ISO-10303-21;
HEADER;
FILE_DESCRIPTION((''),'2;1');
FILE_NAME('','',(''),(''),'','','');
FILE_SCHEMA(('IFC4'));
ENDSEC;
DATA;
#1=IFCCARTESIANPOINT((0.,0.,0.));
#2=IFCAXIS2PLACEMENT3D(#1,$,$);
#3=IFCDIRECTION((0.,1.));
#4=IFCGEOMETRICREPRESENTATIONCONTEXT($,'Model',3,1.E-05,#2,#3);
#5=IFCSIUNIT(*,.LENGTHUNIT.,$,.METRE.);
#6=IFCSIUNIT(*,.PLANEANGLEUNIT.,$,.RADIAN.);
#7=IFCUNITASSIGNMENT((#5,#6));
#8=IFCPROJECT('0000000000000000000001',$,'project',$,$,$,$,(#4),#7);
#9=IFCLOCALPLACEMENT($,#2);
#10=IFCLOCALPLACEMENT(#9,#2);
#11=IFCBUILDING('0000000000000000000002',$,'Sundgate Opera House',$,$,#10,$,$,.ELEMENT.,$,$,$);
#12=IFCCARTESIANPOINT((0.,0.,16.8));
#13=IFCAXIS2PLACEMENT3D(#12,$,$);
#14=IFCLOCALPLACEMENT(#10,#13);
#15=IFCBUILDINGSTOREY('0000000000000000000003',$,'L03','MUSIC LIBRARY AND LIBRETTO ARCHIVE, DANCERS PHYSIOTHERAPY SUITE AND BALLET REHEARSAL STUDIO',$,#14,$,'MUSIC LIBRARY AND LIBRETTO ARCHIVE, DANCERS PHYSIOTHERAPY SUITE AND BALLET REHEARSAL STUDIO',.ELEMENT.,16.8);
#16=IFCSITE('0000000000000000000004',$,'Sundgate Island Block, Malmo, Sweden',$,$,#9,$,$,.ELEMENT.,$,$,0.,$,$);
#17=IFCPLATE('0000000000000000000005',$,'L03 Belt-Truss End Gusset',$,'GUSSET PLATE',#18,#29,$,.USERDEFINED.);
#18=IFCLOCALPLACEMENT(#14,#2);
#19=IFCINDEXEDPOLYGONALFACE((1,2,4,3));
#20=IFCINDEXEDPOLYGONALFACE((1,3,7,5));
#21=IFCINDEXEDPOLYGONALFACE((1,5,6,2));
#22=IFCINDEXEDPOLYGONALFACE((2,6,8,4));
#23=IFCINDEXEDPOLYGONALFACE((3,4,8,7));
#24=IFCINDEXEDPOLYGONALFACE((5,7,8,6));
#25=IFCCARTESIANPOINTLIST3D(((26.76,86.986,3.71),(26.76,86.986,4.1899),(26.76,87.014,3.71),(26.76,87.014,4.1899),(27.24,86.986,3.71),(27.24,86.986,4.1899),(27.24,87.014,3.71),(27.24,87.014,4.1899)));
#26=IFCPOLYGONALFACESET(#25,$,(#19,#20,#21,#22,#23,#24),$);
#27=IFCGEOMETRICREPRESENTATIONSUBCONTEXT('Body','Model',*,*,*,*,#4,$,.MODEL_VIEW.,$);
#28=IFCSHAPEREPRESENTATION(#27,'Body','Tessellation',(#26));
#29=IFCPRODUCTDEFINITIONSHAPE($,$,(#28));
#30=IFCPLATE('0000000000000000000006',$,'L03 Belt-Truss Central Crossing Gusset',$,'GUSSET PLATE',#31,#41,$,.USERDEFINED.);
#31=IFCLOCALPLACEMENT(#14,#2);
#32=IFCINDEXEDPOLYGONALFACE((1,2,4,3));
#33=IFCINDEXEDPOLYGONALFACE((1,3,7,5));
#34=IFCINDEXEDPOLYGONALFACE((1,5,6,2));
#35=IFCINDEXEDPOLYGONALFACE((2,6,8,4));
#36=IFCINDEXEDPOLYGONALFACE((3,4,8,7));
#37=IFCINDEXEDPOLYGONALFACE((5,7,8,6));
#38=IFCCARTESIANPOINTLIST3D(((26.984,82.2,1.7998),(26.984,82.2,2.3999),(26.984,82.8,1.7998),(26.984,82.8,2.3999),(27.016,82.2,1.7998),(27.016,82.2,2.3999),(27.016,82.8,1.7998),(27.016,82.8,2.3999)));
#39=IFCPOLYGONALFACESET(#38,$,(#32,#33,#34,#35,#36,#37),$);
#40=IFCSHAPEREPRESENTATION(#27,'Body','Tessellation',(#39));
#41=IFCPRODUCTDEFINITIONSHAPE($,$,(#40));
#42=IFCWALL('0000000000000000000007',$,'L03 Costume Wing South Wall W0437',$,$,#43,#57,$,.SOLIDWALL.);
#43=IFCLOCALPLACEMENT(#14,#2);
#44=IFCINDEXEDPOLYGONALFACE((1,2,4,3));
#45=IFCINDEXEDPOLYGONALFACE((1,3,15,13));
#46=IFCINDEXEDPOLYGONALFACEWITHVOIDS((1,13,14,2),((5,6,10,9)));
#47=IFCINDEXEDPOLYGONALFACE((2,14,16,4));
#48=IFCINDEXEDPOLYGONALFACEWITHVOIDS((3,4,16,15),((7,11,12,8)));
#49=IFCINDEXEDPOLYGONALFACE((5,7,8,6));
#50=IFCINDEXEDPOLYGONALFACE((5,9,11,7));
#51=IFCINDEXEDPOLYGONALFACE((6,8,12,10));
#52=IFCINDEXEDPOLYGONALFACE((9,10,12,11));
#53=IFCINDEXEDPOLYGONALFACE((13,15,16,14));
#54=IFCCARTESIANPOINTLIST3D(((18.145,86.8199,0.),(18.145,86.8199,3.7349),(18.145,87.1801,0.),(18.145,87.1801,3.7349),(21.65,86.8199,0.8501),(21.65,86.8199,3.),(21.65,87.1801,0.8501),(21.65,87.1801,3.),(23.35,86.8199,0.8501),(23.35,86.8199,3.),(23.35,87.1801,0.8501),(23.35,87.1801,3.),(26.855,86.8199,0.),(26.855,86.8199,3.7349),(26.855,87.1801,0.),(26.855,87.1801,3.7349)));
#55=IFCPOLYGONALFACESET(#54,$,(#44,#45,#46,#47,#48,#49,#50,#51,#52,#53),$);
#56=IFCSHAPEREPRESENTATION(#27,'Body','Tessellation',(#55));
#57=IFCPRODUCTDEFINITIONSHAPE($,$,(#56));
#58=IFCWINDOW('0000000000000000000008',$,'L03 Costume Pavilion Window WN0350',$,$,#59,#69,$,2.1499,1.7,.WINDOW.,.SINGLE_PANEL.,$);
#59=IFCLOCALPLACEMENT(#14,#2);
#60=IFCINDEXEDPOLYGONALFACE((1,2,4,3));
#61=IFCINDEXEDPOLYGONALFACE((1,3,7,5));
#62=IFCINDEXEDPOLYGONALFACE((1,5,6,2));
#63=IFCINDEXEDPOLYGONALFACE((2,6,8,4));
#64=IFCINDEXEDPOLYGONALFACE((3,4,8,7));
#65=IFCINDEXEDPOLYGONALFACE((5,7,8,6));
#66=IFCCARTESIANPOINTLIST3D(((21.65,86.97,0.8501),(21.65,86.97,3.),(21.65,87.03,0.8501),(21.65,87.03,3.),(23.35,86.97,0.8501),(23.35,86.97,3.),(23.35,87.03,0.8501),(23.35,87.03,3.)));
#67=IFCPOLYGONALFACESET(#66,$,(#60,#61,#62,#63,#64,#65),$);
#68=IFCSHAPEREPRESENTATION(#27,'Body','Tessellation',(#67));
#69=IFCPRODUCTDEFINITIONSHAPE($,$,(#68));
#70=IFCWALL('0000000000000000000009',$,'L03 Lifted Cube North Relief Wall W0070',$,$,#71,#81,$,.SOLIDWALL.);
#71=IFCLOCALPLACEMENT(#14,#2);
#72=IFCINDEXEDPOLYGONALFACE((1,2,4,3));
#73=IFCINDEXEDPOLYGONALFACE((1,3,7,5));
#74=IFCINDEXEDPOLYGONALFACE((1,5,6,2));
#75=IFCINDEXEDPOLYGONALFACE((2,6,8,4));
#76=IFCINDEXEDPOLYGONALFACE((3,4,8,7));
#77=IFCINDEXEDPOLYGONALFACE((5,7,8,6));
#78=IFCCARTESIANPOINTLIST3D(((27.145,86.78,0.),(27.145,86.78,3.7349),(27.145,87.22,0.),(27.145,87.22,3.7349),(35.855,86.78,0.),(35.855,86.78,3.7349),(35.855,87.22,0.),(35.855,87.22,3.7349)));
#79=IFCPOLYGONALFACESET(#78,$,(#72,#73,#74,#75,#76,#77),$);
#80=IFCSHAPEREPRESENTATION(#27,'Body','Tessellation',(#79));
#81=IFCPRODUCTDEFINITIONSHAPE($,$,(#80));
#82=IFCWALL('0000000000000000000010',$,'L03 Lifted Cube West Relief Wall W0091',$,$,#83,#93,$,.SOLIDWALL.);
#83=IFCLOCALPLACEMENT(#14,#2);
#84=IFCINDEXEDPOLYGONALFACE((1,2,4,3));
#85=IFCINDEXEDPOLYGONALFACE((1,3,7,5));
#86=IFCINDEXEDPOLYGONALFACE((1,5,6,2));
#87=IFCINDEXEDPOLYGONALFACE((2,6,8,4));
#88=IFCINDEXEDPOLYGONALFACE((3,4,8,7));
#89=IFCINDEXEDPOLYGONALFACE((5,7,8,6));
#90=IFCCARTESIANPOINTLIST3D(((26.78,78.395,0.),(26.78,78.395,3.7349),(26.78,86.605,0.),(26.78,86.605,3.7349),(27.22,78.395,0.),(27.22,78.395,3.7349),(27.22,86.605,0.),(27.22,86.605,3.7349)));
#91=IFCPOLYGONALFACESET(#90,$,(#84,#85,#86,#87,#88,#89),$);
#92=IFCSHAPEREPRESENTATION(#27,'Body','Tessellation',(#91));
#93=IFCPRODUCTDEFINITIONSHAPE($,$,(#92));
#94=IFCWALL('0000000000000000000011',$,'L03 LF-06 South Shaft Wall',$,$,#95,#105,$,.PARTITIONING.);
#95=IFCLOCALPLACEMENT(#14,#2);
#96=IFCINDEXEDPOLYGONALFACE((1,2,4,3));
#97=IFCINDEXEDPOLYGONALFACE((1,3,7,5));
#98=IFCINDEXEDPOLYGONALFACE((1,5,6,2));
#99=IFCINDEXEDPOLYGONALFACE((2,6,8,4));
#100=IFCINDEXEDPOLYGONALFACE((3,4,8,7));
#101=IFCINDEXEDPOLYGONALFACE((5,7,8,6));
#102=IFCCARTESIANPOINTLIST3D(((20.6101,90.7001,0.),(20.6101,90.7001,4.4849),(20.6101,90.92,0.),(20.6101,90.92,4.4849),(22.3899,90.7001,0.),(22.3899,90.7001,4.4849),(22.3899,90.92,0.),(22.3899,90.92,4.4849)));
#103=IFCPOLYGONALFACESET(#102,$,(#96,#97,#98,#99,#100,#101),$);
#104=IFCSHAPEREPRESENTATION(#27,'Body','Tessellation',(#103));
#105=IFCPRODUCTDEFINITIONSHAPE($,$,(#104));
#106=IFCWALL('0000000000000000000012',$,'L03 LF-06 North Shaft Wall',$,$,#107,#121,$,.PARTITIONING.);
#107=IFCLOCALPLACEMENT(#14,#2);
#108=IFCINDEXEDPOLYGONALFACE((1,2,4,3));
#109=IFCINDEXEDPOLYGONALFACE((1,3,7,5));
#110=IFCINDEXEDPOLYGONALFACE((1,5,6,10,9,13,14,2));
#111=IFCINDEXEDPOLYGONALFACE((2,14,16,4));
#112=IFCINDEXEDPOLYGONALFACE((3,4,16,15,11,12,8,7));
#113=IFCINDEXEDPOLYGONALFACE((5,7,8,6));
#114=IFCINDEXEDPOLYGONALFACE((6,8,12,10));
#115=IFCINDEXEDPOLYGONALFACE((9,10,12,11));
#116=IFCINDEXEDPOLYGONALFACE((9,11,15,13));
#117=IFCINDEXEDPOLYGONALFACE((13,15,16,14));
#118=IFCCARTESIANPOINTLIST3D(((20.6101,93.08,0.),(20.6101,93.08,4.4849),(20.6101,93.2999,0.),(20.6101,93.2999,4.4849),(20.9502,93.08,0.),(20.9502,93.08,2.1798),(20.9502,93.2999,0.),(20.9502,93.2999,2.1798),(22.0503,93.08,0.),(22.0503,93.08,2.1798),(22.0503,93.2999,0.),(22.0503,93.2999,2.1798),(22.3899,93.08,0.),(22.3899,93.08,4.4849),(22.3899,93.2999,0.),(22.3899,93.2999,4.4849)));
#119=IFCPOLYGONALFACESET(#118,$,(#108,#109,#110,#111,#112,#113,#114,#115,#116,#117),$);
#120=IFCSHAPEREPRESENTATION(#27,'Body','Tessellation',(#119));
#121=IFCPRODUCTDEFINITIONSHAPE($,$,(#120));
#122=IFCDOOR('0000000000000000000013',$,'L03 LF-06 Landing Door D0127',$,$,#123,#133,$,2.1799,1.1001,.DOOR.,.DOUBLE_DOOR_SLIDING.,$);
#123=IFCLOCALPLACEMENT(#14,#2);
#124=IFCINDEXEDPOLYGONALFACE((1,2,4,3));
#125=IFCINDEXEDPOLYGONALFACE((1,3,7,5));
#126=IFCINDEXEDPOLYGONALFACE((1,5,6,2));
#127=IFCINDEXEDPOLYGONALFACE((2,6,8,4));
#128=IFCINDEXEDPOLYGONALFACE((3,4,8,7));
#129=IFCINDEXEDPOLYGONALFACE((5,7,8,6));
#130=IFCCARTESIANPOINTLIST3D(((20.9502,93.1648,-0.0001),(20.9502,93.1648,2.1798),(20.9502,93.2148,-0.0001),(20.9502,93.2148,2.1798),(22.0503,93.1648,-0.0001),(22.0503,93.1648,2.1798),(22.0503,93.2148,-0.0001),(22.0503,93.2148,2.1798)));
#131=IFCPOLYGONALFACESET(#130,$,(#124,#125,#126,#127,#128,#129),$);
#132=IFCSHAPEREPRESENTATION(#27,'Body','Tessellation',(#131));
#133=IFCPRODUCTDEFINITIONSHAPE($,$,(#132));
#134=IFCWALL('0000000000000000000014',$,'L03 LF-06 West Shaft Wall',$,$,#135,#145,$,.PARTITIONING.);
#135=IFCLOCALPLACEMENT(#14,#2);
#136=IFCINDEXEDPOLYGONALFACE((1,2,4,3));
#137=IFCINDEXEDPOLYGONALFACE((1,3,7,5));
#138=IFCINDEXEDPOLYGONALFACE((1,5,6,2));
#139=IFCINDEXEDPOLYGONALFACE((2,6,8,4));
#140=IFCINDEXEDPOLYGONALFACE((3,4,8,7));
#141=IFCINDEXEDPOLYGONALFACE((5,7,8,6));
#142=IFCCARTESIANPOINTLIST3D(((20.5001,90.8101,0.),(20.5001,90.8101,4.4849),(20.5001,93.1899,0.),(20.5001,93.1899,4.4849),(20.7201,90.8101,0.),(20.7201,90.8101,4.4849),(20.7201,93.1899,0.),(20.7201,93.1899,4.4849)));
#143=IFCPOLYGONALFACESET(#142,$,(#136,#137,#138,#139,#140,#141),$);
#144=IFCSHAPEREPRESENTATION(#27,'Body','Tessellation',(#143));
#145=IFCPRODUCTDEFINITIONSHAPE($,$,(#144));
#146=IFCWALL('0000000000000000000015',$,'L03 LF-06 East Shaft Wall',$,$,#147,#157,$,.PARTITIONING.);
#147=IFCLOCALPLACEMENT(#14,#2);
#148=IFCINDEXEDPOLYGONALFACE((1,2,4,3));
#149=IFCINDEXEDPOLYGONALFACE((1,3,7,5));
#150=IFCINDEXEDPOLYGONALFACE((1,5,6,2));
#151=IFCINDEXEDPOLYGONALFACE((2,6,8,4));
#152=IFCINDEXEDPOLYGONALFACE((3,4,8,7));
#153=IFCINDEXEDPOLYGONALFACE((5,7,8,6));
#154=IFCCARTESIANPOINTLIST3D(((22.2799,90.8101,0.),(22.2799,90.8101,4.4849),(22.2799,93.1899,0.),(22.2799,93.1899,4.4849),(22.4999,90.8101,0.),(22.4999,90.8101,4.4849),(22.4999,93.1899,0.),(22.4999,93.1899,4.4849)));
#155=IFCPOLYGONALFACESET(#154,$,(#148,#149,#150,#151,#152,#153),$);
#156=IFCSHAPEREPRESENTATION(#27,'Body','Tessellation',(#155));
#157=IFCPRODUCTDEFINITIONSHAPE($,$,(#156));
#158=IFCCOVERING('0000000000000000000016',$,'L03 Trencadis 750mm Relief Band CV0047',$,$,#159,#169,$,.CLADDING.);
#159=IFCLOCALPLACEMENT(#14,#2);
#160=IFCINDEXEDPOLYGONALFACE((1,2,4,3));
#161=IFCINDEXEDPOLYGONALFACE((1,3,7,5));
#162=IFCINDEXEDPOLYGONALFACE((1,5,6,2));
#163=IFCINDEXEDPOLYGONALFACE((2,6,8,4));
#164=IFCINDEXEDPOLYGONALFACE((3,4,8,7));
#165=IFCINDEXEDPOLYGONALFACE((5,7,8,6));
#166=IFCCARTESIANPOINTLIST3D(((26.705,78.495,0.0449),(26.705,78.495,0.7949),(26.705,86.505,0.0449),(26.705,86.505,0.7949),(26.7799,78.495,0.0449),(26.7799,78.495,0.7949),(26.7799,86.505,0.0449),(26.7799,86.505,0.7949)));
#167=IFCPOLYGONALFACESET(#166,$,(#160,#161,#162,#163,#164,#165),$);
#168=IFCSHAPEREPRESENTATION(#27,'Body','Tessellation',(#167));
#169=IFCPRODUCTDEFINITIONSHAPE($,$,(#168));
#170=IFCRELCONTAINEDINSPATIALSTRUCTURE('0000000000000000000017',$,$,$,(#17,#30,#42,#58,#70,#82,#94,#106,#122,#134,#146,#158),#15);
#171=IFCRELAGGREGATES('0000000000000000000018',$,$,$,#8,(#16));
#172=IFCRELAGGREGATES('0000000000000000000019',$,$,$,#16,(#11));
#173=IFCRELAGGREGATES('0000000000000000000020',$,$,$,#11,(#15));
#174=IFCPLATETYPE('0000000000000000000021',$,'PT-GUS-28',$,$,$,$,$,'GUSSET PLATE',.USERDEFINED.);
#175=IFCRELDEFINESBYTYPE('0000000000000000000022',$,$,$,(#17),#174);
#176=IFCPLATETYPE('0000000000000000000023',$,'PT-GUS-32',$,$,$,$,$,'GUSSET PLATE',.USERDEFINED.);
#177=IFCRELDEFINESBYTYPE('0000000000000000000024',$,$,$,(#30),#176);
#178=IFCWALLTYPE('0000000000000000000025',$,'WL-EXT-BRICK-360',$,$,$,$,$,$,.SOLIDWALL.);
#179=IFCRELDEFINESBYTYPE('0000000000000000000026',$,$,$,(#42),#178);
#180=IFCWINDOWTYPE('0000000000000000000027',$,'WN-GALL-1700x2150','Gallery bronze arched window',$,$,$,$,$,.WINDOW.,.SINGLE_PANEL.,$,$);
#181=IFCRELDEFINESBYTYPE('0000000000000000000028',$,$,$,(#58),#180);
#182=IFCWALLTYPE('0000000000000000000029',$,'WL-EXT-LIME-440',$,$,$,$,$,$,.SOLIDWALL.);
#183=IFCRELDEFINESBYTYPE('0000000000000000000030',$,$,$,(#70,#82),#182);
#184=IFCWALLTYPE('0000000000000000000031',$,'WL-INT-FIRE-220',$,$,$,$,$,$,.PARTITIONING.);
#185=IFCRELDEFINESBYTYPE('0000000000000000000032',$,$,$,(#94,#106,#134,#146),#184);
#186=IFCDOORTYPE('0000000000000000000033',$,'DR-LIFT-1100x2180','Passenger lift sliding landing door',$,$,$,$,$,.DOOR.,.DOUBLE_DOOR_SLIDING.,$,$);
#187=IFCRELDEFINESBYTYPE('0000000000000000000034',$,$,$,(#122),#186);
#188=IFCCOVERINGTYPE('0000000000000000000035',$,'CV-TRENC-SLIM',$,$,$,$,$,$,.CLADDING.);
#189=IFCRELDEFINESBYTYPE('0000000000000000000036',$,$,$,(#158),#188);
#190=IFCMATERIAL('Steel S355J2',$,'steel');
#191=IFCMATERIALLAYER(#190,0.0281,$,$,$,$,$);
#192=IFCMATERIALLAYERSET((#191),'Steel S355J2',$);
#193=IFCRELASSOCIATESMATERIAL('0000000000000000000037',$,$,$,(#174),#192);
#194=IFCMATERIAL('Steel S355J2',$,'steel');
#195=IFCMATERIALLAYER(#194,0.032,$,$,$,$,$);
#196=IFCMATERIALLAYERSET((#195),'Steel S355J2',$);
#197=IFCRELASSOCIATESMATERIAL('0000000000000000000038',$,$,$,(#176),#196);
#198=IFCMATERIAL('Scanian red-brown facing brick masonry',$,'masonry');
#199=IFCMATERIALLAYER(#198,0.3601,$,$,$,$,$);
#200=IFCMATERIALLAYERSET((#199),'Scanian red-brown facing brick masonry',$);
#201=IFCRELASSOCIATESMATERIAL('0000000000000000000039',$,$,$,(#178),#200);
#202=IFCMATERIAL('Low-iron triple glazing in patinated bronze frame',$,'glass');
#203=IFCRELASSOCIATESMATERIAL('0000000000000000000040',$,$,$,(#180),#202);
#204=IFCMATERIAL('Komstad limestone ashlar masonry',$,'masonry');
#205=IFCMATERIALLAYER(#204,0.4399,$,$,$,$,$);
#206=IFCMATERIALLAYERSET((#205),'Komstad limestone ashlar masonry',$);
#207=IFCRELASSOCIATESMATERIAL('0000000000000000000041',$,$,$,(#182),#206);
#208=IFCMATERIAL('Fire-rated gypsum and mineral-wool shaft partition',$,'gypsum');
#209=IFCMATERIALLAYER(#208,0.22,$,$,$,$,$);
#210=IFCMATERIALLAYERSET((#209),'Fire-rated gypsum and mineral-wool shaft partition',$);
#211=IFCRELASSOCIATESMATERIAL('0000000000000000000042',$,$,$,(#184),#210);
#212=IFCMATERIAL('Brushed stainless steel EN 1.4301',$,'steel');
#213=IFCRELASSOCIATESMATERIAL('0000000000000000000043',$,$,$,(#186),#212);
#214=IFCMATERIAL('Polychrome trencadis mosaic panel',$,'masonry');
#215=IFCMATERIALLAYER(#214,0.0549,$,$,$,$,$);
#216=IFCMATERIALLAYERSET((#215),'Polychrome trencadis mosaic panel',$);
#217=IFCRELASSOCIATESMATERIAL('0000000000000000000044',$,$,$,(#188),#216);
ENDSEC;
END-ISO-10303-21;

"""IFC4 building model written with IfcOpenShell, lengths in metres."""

from ifc_helpers import new_model, si_unit, direction, frame, frame_2d, origin, origin_2d, place, context, subcontext, project, spatial, rectangle, extrude, material, layer, layer_set, type_object, element, fill, save


model = new_model("IFC4")

# Units and contexts
model_context = context("Model", 3, precision=1e-05, world=origin(), true_north=direction((0.0, 1.0)))
body_context = subcontext(model_context, "Body", "Model", "MODEL_VIEW")
ifc_project = project(units=[si_unit("LENGTHUNIT", "METRE"), si_unit("PLANEANGLEUNIT", "RADIAN")], contexts=[model_context])

# Site, building, storey
site_placement = place(None, origin())
site = spatial("IfcSite", under=ifc_project, at=site_placement, Name="Sundgate Island Block, Malmo, Sweden", CompositionType="ELEMENT", RefElevation=0.0)
building_placement = place(site_placement, origin())
building = spatial("IfcBuilding", under=site, at=building_placement, Name="Sundgate Opera House", CompositionType="ELEMENT")
storey_placement = place(building_placement, frame((0.0, 0.0, 16.8)))
storey = spatial("IfcBuildingStorey", under=building, at=storey_placement, Name="L03", Description="MUSIC LIBRARY AND LIBRETTO ARCHIVE, DANCERS PHYSIOTHERAPY SUITE AND BALLET REHEARSAL STUDIO", LongName="MUSIC LIBRARY AND LIBRETTO ARCHIVE, DANCERS PHYSIOTHERAPY SUITE AND BALLET REHEARSAL STUDIO", CompositionType="ELEMENT", Elevation=16.8)

# Plates
ifc_material_1 = material(Name="Steel S355J2", Category="steel")
ifc_layer_1 = layer(ifc_material_1, 0.0281)
ifc_layer_set_1 = layer_set([ifc_layer_1], Name="Steel S355J2")
plate_type_1 = type_object("IfcPlateType", Name="PT-GUS-28", ElementType="GUSSET PLATE", PredefinedType="USERDEFINED", material=ifc_layer_set_1)
for number, where, z_axis, x_axis, name in (
    (1, (27.0, 87.0, 3.71), (0.0, 0.0, 1.0), (1.0, 0.0, 0.0), "L03 Belt-Truss End Gusset"),
):
    element("IfcPlate", number, at=place(storey_placement, frame(where, z_axis=z_axis, x_axis=x_axis)), inside=storey, type_object=plate_type_1, Name=name, ObjectType="GUSSET PLATE", PredefinedType="USERDEFINED", context=body_context, shape_type="SweptSolid", body=[
        extrude(rectangle(XDim=0.48, YDim=0.0281, at=origin_2d()), origin(), (0.0, 0.0, 1.0), 0.48),
    ])
ifc_material_2 = material(Name="Steel S355J2", Category="steel")
ifc_layer_2 = layer(ifc_material_2, 0.032)
ifc_layer_set_2 = layer_set([ifc_layer_2], Name="Steel S355J2")
plate_type_2 = type_object("IfcPlateType", Name="PT-GUS-32", ElementType="GUSSET PLATE", PredefinedType="USERDEFINED", material=ifc_layer_set_2)
plate_1_placement = place(storey_placement, frame((27.0, 82.5, 1.7998), z_axis=(0.0, 0.0, 1.0), x_axis=(1.0, 0.0, 0.0)))
element("IfcPlate", 2, at=plate_1_placement, inside=storey, type_object=plate_type_2, Name="L03 Belt-Truss Central Crossing Gusset", ObjectType="GUSSET PLATE", PredefinedType="USERDEFINED", context=body_context, shape_type="SweptSolid", body=[
    extrude(rectangle(XDim=0.032, YDim=0.6001, at=origin_2d()), origin(), (0.0, 0.0, 1.0), 0.6001),
])

# Wall, opening, window
ifc_material_3 = material(Name="Scanian red-brown facing brick masonry", Category="masonry")
ifc_layer_3 = layer(ifc_material_3, 0.3601)
ifc_layer_set_3 = layer_set([ifc_layer_3], Name="Scanian red-brown facing brick masonry")
wall_type_1 = type_object("IfcWallType", Name="WL-EXT-BRICK-360", PredefinedType="SOLIDWALL", material=ifc_layer_set_3)
wall_1_placement = place(storey_placement, frame((26.855, 87.0, 0.0), z_axis=(0.0, 0.0, 1.0), x_axis=(-1.0, 0.0, 0.0)))
wall_1 = element("IfcWall", 3, at=wall_1_placement, inside=storey, type_object=wall_type_1, Name="L03 Costume Wing South Wall W0437", PredefinedType="SOLIDWALL", context=body_context, shape_type="SweptSolid", body=[
    extrude(rectangle(XDim=8.71, YDim=0.3601, at=frame_2d((4.355, 0.0))), origin(), (0.0, 0.0, 1.0), 3.7349),
])
opening_1_placement = place(wall_1_placement, frame((3.5049, 0.0, 0.8501)))
opening_1 = element("IfcOpeningElement", 4, at=opening_1_placement, cuts=wall_1, PredefinedType="OPENING", context=body_context, shape_type="SweptSolid", body=[
    extrude(rectangle(XDim=1.7, YDim=2.1499, at=frame_2d((0.8501, 1.075))), frame((0.0, 0.1899, 0.0), z_axis=(0.0, -1.0, 0.0), x_axis=(1.0, 0.0, 0.0)), (0.0, 0.0, 1.0), 0.3801),
])
ifc_material_4 = material(Name="Low-iron triple glazing in patinated bronze frame", Category="glass")
window_type = type_object("IfcWindowType", Name="WN-GALL-1700x2150", Description="Gallery bronze arched window", PartitioningType="SINGLE_PANEL", PredefinedType="WINDOW", material=ifc_material_4)
window_placement = place(opening_1_placement, origin())
window = element("IfcWindow", 5, at=window_placement, inside=storey, type_object=window_type, Name="L03 Costume Pavilion Window WN0350", OverallHeight=2.1499, OverallWidth=1.7, PartitioningType="SINGLE_PANEL", PredefinedType="WINDOW", context=body_context, shape_type="SweptSolid", body=[
    extrude(rectangle(XDim=1.7, YDim=2.1499, at=frame_2d((0.8501, 1.075))), frame((0.0, 0.03, 0.0), z_axis=(0.0, -1.0, 0.0), x_axis=(1.0, 0.0, 0.0)), (0.0, 0.0, 1.0), 0.0601),
])
fill(opening_1, window)

# Walls
ifc_material_5 = material(Name="Komstad limestone ashlar masonry", Category="masonry")
ifc_layer_4 = layer(ifc_material_5, 0.4399)
ifc_layer_set_4 = layer_set([ifc_layer_4], Name="Komstad limestone ashlar masonry")
wall_type_2 = type_object("IfcWallType", Name="WL-EXT-LIME-440", PredefinedType="SOLIDWALL", material=ifc_layer_set_4)
wall_2_placement = place(storey_placement, frame((27.145, 87.0, 0.0), z_axis=(0.0, 0.0, 1.0), x_axis=(1.0, 0.0, 0.0)))
element("IfcWall", 6, at=wall_2_placement, inside=storey, type_object=wall_type_2, Name="L03 Lifted Cube North Relief Wall W0070", PredefinedType="SOLIDWALL", context=body_context, shape_type="SweptSolid", body=[
    extrude(rectangle(XDim=8.71, YDim=0.4399, at=frame_2d((4.355, 0.0))), origin(), (0.0, 0.0, 1.0), 3.7349),
])
wall_3_placement = place(storey_placement, frame((27.0, 86.605, 0.0), z_axis=(0.0, 0.0, 1.0), x_axis=(0.0, -1.0, 0.0)))
element("IfcWall", 7, at=wall_3_placement, inside=storey, type_object=wall_type_2, Name="L03 Lifted Cube West Relief Wall W0091", PredefinedType="SOLIDWALL", context=body_context, shape_type="SweptSolid", body=[
    extrude(rectangle(XDim=8.21, YDim=0.4399, at=frame_2d((4.105, 0.0))), origin(), (0.0, 0.0, 1.0), 3.7349),
])
ifc_material_6 = material(Name="Fire-rated gypsum and mineral-wool shaft partition", Category="gypsum")
ifc_layer_5 = layer(ifc_material_6, 0.22)
ifc_layer_set_5 = layer_set([ifc_layer_5], Name="Fire-rated gypsum and mineral-wool shaft partition")
wall_type_3 = type_object("IfcWallType", Name="WL-INT-FIRE-220", PredefinedType="PARTITIONING", material=ifc_layer_set_5)
wall_4_placement = place(storey_placement, frame((20.6101, 90.8101, 0.0), z_axis=(0.0, 0.0, 1.0), x_axis=(1.0, 0.0, 0.0)))
element("IfcWall", 8, at=wall_4_placement, inside=storey, type_object=wall_type_3, Name="L03 LF-06 South Shaft Wall", PredefinedType="PARTITIONING", context=body_context, shape_type="SweptSolid", body=[
    extrude(rectangle(XDim=1.7798, YDim=0.22, at=frame_2d((0.8899, 0.0))), origin(), (0.0, 0.0, 1.0), 4.4849),
])

# Wall, opening, door
wall_5_placement = place(storey_placement, frame((20.6101, 93.1899, 0.0), z_axis=(0.0, 0.0, 1.0), x_axis=(1.0, 0.0, 0.0)))
wall_5 = element("IfcWall", 9, at=wall_5_placement, inside=storey, type_object=wall_type_3, Name="L03 LF-06 North Shaft Wall", PredefinedType="PARTITIONING", context=body_context, shape_type="SweptSolid", body=[
    extrude(rectangle(XDim=1.7798, YDim=0.22, at=frame_2d((0.8899, 0.0))), origin(), (0.0, 0.0, 1.0), 4.4849),
])
opening_2_placement = place(wall_5_placement, frame((0.3401, 0.0, 0.0)))
opening_2 = element("IfcOpeningElement", 10, at=opening_2_placement, cuts=wall_5, PredefinedType="OPENING", context=body_context, shape_type="SweptSolid", body=[
    extrude(rectangle(XDim=1.1001, YDim=2.1799, at=frame_2d((0.55, 1.0898))), frame((0.0, 0.1199, 0.0), z_axis=(0.0, -1.0, 0.0), x_axis=(1.0, 0.0, 0.0)), (0.0, 0.0, 1.0), 0.24),
])
ifc_material_7 = material(Name="Brushed stainless steel EN 1.4301", Category="steel")
door_type = type_object("IfcDoorType", Name="DR-LIFT-1100x2180", Description="Passenger lift sliding landing door", OperationType="DOUBLE_DOOR_SLIDING", PredefinedType="DOOR", material=ifc_material_7)
door_placement = place(opening_2_placement, origin())
door = element("IfcDoor", 11, at=door_placement, inside=storey, type_object=door_type, Name="L03 LF-06 Landing Door D0127", OperationType="DOUBLE_DOOR_SLIDING", OverallHeight=2.1799, OverallWidth=1.1001, PredefinedType="DOOR", context=body_context, shape_type="SweptSolid", body=[
    extrude(rectangle(XDim=1.1001, YDim=2.1799, at=frame_2d((0.55, 1.0898))), frame((0.0, 0.0249, 0.0), z_axis=(0.0, -1.0, 0.0), x_axis=(1.0, 0.0, 0.0)), (0.0, 0.0, 1.0), 0.05),
])
fill(opening_2, door)

# Walls
for number, where, z_axis, x_axis, name in (
    (12, (20.6101, 90.8101, 0.0), (0.0, 0.0, 1.0), (0.0, 1.0, 0.0), "L03 LF-06 West Shaft Wall"),
    (13, (22.3899, 90.8101, 0.0), (0.0, 0.0, 1.0), (0.0, 1.0, 0.0), "L03 LF-06 East Shaft Wall"),
):
    element("IfcWall", number, at=place(storey_placement, frame(where, z_axis=z_axis, x_axis=x_axis)), inside=storey, type_object=wall_type_3, Name=name, PredefinedType="PARTITIONING", context=body_context, shape_type="SweptSolid", body=[
        extrude(rectangle(XDim=2.3799, YDim=0.22, at=frame_2d((1.1899, 0.0))), origin(), (0.0, 0.0, 1.0), 4.4849),
    ])

# Covering
ifc_material_8 = material(Name="Polychrome trencadis mosaic panel", Category="masonry")
ifc_layer_6 = layer(ifc_material_8, 0.0549)
ifc_layer_set_6 = layer_set([ifc_layer_6], Name="Polychrome trencadis mosaic panel")
covering_type = type_object("IfcCoveringType", Name="CV-TRENC-SLIM", PredefinedType="CLADDING", material=ifc_layer_set_6)
covering_placement = place(storey_placement, frame((26.7424, 82.5, 0.0449), z_axis=(0.0, 0.0, 1.0), x_axis=(0.0, 1.0, 0.0)))
element("IfcCovering", 14, at=covering_placement, inside=storey, type_object=covering_type, Name="L03 Trencadis 750mm Relief Band CV0047", PredefinedType="CLADDING", context=body_context, shape_type="SweptSolid", body=[
    extrude(rectangle(XDim=8.01, YDim=0.075, at=origin_2d()), origin(), (0.0, 0.0, 1.0), 0.75),
])

save(model, "model.ifc")
